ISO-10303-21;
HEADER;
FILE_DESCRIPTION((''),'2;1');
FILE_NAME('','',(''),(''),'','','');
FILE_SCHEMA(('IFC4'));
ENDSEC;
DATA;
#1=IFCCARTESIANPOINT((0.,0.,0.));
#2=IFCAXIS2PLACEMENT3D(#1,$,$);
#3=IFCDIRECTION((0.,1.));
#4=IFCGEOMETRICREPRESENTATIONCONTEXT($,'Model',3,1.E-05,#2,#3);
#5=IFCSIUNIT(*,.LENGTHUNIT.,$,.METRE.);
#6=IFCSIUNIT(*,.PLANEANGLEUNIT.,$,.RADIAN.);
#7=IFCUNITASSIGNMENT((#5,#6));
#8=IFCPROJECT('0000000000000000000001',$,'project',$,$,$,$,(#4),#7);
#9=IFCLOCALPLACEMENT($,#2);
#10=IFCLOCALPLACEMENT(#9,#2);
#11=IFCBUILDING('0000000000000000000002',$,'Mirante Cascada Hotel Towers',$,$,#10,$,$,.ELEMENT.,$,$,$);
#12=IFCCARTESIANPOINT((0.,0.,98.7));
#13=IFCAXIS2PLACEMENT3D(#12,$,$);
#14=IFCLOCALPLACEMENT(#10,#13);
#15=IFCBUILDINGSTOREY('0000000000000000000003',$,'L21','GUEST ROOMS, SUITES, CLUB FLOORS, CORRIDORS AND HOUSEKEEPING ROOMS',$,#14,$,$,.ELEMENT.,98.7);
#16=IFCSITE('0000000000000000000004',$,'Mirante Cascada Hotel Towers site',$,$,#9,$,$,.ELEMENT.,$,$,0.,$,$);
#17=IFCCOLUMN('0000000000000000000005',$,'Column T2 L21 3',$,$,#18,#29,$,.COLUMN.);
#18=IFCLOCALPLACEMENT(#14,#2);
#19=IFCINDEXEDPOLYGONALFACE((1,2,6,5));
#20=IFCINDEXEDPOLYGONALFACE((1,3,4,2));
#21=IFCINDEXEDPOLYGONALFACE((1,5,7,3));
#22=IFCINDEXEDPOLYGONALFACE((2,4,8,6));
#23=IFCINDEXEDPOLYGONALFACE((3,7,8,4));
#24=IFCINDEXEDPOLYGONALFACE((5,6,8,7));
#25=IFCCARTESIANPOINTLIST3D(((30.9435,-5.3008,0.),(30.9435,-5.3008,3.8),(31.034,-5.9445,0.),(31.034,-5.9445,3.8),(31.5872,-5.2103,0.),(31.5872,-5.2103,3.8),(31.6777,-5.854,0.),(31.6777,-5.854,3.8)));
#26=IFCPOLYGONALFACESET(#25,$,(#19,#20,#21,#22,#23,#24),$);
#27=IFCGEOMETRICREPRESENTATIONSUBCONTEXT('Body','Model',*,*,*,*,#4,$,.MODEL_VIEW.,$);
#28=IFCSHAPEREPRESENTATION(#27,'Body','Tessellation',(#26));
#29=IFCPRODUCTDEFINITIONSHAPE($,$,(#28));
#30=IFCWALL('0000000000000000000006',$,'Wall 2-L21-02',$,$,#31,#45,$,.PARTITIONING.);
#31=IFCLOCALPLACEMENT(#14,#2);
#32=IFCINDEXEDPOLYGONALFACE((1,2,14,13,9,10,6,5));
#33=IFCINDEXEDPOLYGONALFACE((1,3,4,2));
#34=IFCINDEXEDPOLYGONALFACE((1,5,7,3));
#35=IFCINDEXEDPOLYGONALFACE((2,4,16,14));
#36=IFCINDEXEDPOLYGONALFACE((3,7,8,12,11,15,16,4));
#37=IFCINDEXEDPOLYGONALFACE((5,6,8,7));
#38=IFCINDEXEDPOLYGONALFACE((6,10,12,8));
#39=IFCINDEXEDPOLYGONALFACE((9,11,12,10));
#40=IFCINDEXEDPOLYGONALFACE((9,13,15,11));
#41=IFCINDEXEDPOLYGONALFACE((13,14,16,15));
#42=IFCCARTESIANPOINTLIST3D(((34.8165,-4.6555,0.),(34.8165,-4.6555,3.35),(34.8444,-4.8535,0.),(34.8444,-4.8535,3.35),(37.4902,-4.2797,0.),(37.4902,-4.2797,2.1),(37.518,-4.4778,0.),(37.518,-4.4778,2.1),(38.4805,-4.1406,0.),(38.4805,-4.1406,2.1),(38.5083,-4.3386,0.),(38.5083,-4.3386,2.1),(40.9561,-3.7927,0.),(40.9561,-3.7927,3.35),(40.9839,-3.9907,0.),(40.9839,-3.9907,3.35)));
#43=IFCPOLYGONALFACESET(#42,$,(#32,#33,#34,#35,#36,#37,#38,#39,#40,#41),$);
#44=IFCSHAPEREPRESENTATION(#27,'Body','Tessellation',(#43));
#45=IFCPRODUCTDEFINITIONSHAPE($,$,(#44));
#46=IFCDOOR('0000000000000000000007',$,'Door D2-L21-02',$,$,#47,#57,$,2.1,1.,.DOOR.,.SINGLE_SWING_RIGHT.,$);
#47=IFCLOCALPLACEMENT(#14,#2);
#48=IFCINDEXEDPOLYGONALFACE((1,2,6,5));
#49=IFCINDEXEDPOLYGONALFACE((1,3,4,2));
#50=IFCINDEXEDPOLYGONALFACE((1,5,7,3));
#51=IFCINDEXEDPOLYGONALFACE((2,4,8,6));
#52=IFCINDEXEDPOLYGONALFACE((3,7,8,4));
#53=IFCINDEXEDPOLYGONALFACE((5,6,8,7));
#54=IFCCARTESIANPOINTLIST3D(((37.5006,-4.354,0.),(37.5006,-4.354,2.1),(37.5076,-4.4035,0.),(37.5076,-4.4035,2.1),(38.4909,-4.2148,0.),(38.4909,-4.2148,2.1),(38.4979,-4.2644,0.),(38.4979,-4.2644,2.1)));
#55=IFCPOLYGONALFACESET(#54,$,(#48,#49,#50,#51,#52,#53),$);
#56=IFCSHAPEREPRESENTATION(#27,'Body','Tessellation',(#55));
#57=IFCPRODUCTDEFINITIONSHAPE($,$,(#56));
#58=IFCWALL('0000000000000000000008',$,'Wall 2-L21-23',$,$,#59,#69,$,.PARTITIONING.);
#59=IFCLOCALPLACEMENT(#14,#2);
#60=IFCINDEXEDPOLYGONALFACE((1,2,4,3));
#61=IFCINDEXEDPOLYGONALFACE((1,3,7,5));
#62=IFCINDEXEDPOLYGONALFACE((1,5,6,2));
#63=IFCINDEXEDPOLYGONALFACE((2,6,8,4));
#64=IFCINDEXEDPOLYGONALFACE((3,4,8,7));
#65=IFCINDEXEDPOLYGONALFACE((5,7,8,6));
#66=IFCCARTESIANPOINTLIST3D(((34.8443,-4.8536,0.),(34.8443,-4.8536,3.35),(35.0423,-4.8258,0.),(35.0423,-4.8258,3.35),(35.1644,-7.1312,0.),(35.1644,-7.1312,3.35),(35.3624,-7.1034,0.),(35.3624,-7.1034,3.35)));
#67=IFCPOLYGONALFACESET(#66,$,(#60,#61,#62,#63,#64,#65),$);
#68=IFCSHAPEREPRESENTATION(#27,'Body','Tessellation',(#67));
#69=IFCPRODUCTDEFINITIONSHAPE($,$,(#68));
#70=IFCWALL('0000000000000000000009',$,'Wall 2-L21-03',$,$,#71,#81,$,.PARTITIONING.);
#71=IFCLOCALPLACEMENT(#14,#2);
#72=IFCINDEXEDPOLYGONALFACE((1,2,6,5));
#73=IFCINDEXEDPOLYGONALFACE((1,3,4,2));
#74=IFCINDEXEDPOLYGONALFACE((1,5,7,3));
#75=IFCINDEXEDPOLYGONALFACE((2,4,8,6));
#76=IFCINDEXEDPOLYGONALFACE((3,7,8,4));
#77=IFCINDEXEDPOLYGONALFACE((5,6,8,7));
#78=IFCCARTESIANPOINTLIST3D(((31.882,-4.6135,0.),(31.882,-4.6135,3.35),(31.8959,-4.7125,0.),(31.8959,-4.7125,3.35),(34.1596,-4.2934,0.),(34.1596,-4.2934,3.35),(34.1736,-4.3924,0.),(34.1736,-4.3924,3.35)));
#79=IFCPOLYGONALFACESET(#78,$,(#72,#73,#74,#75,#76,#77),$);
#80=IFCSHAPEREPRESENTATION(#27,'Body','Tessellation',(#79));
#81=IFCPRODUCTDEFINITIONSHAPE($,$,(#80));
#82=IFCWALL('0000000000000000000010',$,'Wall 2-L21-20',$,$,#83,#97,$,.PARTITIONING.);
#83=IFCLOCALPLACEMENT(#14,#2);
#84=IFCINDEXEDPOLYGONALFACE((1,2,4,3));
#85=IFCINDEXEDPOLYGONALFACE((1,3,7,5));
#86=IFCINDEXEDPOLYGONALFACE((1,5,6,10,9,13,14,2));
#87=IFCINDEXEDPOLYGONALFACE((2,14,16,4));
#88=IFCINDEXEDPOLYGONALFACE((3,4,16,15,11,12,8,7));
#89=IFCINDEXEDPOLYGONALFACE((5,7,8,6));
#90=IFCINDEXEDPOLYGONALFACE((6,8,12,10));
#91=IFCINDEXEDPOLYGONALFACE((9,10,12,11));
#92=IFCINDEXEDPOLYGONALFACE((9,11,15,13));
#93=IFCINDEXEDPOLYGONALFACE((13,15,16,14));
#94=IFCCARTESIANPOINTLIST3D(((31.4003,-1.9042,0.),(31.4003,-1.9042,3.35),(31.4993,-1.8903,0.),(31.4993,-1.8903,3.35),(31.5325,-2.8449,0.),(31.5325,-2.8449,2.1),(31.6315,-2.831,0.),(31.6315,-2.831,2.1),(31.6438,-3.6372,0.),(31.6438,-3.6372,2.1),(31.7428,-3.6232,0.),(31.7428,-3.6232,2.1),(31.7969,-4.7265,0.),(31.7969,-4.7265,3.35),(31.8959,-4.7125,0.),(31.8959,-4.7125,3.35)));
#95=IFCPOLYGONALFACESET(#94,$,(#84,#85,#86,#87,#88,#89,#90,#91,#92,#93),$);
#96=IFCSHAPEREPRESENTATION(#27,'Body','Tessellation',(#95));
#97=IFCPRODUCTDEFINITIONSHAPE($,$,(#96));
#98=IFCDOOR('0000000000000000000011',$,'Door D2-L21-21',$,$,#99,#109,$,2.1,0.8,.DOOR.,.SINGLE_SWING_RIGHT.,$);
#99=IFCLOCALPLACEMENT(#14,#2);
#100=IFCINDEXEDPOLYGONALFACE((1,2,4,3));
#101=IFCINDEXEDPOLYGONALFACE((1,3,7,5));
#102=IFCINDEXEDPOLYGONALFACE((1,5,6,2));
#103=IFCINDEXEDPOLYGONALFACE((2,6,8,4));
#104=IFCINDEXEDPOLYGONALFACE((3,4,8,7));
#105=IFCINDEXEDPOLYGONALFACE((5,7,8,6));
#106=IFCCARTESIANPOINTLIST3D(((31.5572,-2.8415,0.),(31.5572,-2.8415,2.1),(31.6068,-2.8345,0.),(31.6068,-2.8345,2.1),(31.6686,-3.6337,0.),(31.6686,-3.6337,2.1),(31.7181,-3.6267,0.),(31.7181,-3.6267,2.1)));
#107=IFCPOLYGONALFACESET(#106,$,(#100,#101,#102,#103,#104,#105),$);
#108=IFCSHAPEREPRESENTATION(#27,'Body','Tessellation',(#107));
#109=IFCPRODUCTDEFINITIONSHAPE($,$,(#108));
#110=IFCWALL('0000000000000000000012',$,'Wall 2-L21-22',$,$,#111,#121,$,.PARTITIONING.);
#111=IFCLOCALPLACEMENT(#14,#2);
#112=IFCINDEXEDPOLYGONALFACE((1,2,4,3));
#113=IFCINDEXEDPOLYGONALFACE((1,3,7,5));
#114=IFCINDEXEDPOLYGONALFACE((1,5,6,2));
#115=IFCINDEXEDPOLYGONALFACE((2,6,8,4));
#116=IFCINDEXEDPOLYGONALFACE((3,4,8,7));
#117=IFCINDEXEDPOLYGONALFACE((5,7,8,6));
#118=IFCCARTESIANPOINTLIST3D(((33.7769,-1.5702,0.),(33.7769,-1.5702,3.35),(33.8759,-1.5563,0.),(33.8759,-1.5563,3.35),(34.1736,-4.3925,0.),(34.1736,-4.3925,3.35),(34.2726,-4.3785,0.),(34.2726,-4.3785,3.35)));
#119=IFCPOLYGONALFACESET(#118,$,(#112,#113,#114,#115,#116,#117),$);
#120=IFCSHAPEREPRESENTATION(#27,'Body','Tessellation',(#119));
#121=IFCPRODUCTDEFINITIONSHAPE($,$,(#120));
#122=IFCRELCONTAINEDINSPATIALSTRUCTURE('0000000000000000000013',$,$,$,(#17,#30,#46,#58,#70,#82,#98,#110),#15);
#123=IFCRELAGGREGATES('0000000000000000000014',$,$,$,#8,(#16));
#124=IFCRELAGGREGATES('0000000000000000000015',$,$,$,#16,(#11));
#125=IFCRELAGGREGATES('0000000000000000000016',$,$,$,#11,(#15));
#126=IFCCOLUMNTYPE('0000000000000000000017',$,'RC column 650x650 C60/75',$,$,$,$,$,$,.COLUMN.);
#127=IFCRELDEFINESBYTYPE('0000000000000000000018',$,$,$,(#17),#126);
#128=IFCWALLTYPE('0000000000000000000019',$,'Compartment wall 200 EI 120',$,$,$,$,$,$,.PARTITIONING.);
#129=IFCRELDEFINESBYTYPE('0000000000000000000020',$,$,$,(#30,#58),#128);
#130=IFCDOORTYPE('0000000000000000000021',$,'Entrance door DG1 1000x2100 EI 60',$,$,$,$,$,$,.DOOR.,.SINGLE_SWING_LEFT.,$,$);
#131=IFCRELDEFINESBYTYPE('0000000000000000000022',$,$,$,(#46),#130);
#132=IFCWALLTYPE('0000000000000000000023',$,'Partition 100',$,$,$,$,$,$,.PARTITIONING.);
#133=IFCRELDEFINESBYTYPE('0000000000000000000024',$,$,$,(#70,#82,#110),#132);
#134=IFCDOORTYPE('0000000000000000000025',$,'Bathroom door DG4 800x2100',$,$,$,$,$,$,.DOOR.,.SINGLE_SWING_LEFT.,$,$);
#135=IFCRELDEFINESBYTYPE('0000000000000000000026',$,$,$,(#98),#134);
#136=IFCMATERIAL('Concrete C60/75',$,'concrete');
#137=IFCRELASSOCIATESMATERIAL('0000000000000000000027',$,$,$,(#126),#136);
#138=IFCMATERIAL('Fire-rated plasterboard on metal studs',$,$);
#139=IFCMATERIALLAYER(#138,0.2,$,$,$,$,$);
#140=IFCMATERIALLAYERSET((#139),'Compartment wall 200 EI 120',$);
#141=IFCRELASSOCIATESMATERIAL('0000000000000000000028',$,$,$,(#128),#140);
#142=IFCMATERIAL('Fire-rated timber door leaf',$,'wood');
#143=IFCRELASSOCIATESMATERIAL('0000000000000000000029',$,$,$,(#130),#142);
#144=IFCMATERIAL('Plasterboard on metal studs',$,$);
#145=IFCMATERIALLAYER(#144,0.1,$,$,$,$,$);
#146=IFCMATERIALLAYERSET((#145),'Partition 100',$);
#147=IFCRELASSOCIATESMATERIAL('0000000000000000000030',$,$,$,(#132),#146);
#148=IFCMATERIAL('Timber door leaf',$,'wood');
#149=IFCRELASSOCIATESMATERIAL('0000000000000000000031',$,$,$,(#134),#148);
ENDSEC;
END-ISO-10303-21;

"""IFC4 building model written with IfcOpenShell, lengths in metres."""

from ifc_helpers import new_model, si_unit, direction, frame, frame_2d, origin, origin_2d, place, context, subcontext, project, spatial, rectangle, extrude, material, layer, layer_set, material_profile, profile_set, type_object, element, fill, save


model = new_model("IFC4")

# Units and contexts
model_context = context("Model", 3, precision=1e-05, world=origin(), true_north=direction((0.0, 1.0)))
body_context = subcontext(model_context, "Body", "Model", "MODEL_VIEW")
ifc_project = project(units=[si_unit("LENGTHUNIT", "METRE"), si_unit("PLANEANGLEUNIT", "RADIAN")], contexts=[model_context])

# Site, building, storey
site_placement = place(None, origin())
site = spatial("IfcSite", under=ifc_project, at=site_placement, Name="Mirante Cascada Hotel Towers site", CompositionType="ELEMENT", RefElevation=0.0)
building_placement = place(site_placement, origin())
building = spatial("IfcBuilding", under=site, at=building_placement, Name="Mirante Cascada Hotel Towers", CompositionType="ELEMENT")
storey_placement = place(building_placement, frame((0.0, 0.0, 98.7)))
storey = spatial("IfcBuildingStorey", under=building, at=storey_placement, Name="L21", Description="GUEST ROOMS, SUITES, CLUB FLOORS, CORRIDORS AND HOUSEKEEPING ROOMS", CompositionType="ELEMENT", Elevation=98.7)

# Column
ifc_material_1 = material(Name="Concrete C60/75", Category="concrete")
ifc_material_profile = material_profile(ifc_material_1, rectangle(XDim=0.65, YDim=0.65, at=origin_2d()), Name="RC column 650x650 C60/75")
ifc_profile_set = profile_set([ifc_material_profile], Name="Concrete C60/75")
column_type = type_object("IfcColumnType", Name="RC column 650x650 C60/75", PredefinedType="COLUMN", material=ifc_profile_set)
column_placement = place(storey_placement, frame((31.3106, -5.5774, 0.0), z_axis=(0.0, 0.0, 1.0), x_axis=(0.990268, 0.139173, 0.0)))
element("IfcColumn", 1, at=column_placement, inside=storey, type_object=column_type, Name="Column T2 L21 3", PredefinedType="COLUMN", context=body_context, shape_type="SweptSolid", body=[
    extrude(rectangle(XDim=0.65, YDim=0.65, at=origin_2d()), origin(), (0.0, 0.0, 1.0), 3.8),
])

# Wall, opening, door
ifc_material_2 = material(Name="Fire-rated plasterboard on metal studs")
ifc_layer_1 = layer(ifc_material_2, 0.2)
ifc_layer_set_1 = layer_set([ifc_layer_1], Name="Compartment wall 200 EI 120")
wall_type_1 = type_object("IfcWallType", Name="Compartment wall 200 EI 120", PredefinedType="PARTITIONING", material=ifc_layer_set_1)
wall_1_placement = place(storey_placement, frame((34.8304, -4.7545, 0.0), z_axis=(0.0, 0.0, 1.0), x_axis=(0.99027, 0.139163, 0.0)))
wall_1 = element("IfcWall", 2, at=wall_1_placement, inside=storey, type_object=wall_type_1, Name="Wall 2-L21-02", PredefinedType="PARTITIONING", context=body_context, shape_type="SweptSolid", body=[
    extrude(rectangle(XDim=6.1999, YDim=0.2, at=frame_2d((3.1, 0.0))), origin(), (0.0, 0.0, 1.0), 3.35),
])
opening_1_placement = place(wall_1_placement, frame((2.7, 0.0, 0.0)))
opening_1 = element("IfcOpeningElement", 3, at=opening_1_placement, cuts=wall_1, PredefinedType="OPENING", context=body_context, shape_type="SweptSolid", body=[
    extrude(rectangle(XDim=1.0, YDim=2.1, at=frame_2d((0.5, 1.05))), frame((0.0, 0.1, 0.0), z_axis=(0.0, -1.0, 0.0), x_axis=(1.0, 0.0, 0.0)), (0.0, 0.0, 1.0), 0.2),
])
ifc_material_3 = material(Name="Fire-rated timber door leaf", Category="wood")
door_type_1 = type_object("IfcDoorType", Name="Entrance door DG1 1000x2100 EI 60", OperationType="SINGLE_SWING_LEFT", PredefinedType="DOOR", material=ifc_material_3)
door_1_placement = place(opening_1_placement, frame((1.0, 0.0, 0.0), z_axis=(0.0, 0.0, 1.0), x_axis=(-1.0, 0.0, 0.0)))
door_1 = element("IfcDoor", 4, at=door_1_placement, inside=storey, type_object=door_type_1, Name="Door D2-L21-02", OperationType="SINGLE_SWING_RIGHT", OverallHeight=2.1, OverallWidth=1.0, PredefinedType="DOOR", context=body_context, shape_type="SweptSolid", body=[
    extrude(rectangle(XDim=1.0, YDim=2.1, at=frame_2d((0.5, 1.05))), frame((0.0, 0.025, 0.0), z_axis=(0.0, -1.0, 0.0), x_axis=(1.0, 0.0, 0.0)), (0.0, 0.0, 1.0), 0.05),
])
fill(opening_1, door_1)

# Walls
wall_2_placement = place(storey_placement, frame((34.9433, -4.8397, 0.0), z_axis=(0.0, 0.0, 1.0), x_axis=(0.139175, -0.990268, 0.0)))
element("IfcWall", 5, at=wall_2_placement, inside=storey, type_object=wall_type_1, Name="Wall 2-L21-23", PredefinedType="PARTITIONING", context=body_context, shape_type="SweptSolid", body=[
    extrude(rectangle(XDim=2.3, YDim=0.2, at=frame_2d((1.15, 0.0))), origin(), (0.0, 0.0, 1.0), 3.35),
])
ifc_material_4 = material(Name="Plasterboard on metal studs")
ifc_layer_2 = layer(ifc_material_4, 0.1)
ifc_layer_set_2 = layer_set([ifc_layer_2], Name="Partition 100")
wall_type_2 = type_object("IfcWallType", Name="Partition 100", PredefinedType="PARTITIONING", material=ifc_layer_set_2)
wall_3_placement = place(storey_placement, frame((34.1666, -4.3429, 0.0), z_axis=(0.0, 0.0, 1.0), x_axis=(-0.990268, -0.139175, 0.0)))
element("IfcWall", 6, at=wall_3_placement, inside=storey, type_object=wall_type_2, Name="Wall 2-L21-03", PredefinedType="PARTITIONING", context=body_context, shape_type="SweptSolid", body=[
    extrude(rectangle(XDim=2.3, YDim=0.1, at=frame_2d((1.15, 0.0))), origin(), (0.0, 0.0, 1.0), 3.35),
])

# Wall, opening, door
wall_4_placement = place(storey_placement, frame((31.8464, -4.7195, 0.0), z_axis=(0.0, 0.0, 1.0), x_axis=(-0.139156, 0.99027, 0.0)))
wall_4 = element("IfcWall", 7, at=wall_4_placement, inside=storey, type_object=wall_type_2, Name="Wall 2-L21-20", PredefinedType="PARTITIONING", context=body_context, shape_type="SweptSolid", body=[
    extrude(rectangle(XDim=2.85, YDim=0.1, at=frame_2d((1.425, 0.0))), origin(), (0.0, 0.0, 1.0), 3.35),
])
opening_2_placement = place(wall_4_placement, frame((1.1, 0.0, 0.0)))
opening_2 = element("IfcOpeningElement", 8, at=opening_2_placement, cuts=wall_4, PredefinedType="OPENING", context=body_context, shape_type="SweptSolid", body=[
    extrude(rectangle(XDim=0.8, YDim=2.1, at=frame_2d((0.4, 1.05))), frame((0.0, 0.05, 0.0), z_axis=(0.0, -1.0, 0.0), x_axis=(1.0, 0.0, 0.0)), (0.0, 0.0, 1.0), 0.1),
])
ifc_material_5 = material(Name="Timber door leaf", Category="wood")
door_type_2 = type_object("IfcDoorType", Name="Bathroom door DG4 800x2100", OperationType="SINGLE_SWING_LEFT", PredefinedType="DOOR", material=ifc_material_5)
door_2_placement = place(opening_2_placement, frame((0.8, 0.0, 0.0), z_axis=(0.0, 0.0, 1.0), x_axis=(-1.0, 0.0, 0.0)))
door_2 = element("IfcDoor", 9, at=door_2_placement, inside=storey, type_object=door_type_2, Name="Door D2-L21-21", OperationType="SINGLE_SWING_RIGHT", OverallHeight=2.1, OverallWidth=0.8, PredefinedType="DOOR", context=body_context, shape_type="SweptSolid", body=[
    extrude(rectangle(XDim=0.8, YDim=2.1, at=frame_2d((0.4, 1.05))), frame((0.0, 0.025, 0.0), z_axis=(0.0, -1.0, 0.0), x_axis=(1.0, 0.0, 0.0)), (0.0, 0.0, 1.0), 0.05),
])
fill(opening_2, door_2)

# Wall
wall_5_placement = place(storey_placement, frame((34.2231, -4.3855, 0.0), z_axis=(0.0, 0.0, 1.0), x_axis=(-0.139191, 0.990266, 0.0)))
element("IfcWall", 10, at=wall_5_placement, inside=storey, type_object=wall_type_2, Name="Wall 2-L21-22", PredefinedType="PARTITIONING", context=body_context, shape_type="SweptSolid", body=[
    extrude(rectangle(XDim=2.85, YDim=0.1, at=frame_2d((1.425, 0.0))), origin(), (0.0, 0.0, 1.0), 3.35),
])

save(model, "model.ifc")
